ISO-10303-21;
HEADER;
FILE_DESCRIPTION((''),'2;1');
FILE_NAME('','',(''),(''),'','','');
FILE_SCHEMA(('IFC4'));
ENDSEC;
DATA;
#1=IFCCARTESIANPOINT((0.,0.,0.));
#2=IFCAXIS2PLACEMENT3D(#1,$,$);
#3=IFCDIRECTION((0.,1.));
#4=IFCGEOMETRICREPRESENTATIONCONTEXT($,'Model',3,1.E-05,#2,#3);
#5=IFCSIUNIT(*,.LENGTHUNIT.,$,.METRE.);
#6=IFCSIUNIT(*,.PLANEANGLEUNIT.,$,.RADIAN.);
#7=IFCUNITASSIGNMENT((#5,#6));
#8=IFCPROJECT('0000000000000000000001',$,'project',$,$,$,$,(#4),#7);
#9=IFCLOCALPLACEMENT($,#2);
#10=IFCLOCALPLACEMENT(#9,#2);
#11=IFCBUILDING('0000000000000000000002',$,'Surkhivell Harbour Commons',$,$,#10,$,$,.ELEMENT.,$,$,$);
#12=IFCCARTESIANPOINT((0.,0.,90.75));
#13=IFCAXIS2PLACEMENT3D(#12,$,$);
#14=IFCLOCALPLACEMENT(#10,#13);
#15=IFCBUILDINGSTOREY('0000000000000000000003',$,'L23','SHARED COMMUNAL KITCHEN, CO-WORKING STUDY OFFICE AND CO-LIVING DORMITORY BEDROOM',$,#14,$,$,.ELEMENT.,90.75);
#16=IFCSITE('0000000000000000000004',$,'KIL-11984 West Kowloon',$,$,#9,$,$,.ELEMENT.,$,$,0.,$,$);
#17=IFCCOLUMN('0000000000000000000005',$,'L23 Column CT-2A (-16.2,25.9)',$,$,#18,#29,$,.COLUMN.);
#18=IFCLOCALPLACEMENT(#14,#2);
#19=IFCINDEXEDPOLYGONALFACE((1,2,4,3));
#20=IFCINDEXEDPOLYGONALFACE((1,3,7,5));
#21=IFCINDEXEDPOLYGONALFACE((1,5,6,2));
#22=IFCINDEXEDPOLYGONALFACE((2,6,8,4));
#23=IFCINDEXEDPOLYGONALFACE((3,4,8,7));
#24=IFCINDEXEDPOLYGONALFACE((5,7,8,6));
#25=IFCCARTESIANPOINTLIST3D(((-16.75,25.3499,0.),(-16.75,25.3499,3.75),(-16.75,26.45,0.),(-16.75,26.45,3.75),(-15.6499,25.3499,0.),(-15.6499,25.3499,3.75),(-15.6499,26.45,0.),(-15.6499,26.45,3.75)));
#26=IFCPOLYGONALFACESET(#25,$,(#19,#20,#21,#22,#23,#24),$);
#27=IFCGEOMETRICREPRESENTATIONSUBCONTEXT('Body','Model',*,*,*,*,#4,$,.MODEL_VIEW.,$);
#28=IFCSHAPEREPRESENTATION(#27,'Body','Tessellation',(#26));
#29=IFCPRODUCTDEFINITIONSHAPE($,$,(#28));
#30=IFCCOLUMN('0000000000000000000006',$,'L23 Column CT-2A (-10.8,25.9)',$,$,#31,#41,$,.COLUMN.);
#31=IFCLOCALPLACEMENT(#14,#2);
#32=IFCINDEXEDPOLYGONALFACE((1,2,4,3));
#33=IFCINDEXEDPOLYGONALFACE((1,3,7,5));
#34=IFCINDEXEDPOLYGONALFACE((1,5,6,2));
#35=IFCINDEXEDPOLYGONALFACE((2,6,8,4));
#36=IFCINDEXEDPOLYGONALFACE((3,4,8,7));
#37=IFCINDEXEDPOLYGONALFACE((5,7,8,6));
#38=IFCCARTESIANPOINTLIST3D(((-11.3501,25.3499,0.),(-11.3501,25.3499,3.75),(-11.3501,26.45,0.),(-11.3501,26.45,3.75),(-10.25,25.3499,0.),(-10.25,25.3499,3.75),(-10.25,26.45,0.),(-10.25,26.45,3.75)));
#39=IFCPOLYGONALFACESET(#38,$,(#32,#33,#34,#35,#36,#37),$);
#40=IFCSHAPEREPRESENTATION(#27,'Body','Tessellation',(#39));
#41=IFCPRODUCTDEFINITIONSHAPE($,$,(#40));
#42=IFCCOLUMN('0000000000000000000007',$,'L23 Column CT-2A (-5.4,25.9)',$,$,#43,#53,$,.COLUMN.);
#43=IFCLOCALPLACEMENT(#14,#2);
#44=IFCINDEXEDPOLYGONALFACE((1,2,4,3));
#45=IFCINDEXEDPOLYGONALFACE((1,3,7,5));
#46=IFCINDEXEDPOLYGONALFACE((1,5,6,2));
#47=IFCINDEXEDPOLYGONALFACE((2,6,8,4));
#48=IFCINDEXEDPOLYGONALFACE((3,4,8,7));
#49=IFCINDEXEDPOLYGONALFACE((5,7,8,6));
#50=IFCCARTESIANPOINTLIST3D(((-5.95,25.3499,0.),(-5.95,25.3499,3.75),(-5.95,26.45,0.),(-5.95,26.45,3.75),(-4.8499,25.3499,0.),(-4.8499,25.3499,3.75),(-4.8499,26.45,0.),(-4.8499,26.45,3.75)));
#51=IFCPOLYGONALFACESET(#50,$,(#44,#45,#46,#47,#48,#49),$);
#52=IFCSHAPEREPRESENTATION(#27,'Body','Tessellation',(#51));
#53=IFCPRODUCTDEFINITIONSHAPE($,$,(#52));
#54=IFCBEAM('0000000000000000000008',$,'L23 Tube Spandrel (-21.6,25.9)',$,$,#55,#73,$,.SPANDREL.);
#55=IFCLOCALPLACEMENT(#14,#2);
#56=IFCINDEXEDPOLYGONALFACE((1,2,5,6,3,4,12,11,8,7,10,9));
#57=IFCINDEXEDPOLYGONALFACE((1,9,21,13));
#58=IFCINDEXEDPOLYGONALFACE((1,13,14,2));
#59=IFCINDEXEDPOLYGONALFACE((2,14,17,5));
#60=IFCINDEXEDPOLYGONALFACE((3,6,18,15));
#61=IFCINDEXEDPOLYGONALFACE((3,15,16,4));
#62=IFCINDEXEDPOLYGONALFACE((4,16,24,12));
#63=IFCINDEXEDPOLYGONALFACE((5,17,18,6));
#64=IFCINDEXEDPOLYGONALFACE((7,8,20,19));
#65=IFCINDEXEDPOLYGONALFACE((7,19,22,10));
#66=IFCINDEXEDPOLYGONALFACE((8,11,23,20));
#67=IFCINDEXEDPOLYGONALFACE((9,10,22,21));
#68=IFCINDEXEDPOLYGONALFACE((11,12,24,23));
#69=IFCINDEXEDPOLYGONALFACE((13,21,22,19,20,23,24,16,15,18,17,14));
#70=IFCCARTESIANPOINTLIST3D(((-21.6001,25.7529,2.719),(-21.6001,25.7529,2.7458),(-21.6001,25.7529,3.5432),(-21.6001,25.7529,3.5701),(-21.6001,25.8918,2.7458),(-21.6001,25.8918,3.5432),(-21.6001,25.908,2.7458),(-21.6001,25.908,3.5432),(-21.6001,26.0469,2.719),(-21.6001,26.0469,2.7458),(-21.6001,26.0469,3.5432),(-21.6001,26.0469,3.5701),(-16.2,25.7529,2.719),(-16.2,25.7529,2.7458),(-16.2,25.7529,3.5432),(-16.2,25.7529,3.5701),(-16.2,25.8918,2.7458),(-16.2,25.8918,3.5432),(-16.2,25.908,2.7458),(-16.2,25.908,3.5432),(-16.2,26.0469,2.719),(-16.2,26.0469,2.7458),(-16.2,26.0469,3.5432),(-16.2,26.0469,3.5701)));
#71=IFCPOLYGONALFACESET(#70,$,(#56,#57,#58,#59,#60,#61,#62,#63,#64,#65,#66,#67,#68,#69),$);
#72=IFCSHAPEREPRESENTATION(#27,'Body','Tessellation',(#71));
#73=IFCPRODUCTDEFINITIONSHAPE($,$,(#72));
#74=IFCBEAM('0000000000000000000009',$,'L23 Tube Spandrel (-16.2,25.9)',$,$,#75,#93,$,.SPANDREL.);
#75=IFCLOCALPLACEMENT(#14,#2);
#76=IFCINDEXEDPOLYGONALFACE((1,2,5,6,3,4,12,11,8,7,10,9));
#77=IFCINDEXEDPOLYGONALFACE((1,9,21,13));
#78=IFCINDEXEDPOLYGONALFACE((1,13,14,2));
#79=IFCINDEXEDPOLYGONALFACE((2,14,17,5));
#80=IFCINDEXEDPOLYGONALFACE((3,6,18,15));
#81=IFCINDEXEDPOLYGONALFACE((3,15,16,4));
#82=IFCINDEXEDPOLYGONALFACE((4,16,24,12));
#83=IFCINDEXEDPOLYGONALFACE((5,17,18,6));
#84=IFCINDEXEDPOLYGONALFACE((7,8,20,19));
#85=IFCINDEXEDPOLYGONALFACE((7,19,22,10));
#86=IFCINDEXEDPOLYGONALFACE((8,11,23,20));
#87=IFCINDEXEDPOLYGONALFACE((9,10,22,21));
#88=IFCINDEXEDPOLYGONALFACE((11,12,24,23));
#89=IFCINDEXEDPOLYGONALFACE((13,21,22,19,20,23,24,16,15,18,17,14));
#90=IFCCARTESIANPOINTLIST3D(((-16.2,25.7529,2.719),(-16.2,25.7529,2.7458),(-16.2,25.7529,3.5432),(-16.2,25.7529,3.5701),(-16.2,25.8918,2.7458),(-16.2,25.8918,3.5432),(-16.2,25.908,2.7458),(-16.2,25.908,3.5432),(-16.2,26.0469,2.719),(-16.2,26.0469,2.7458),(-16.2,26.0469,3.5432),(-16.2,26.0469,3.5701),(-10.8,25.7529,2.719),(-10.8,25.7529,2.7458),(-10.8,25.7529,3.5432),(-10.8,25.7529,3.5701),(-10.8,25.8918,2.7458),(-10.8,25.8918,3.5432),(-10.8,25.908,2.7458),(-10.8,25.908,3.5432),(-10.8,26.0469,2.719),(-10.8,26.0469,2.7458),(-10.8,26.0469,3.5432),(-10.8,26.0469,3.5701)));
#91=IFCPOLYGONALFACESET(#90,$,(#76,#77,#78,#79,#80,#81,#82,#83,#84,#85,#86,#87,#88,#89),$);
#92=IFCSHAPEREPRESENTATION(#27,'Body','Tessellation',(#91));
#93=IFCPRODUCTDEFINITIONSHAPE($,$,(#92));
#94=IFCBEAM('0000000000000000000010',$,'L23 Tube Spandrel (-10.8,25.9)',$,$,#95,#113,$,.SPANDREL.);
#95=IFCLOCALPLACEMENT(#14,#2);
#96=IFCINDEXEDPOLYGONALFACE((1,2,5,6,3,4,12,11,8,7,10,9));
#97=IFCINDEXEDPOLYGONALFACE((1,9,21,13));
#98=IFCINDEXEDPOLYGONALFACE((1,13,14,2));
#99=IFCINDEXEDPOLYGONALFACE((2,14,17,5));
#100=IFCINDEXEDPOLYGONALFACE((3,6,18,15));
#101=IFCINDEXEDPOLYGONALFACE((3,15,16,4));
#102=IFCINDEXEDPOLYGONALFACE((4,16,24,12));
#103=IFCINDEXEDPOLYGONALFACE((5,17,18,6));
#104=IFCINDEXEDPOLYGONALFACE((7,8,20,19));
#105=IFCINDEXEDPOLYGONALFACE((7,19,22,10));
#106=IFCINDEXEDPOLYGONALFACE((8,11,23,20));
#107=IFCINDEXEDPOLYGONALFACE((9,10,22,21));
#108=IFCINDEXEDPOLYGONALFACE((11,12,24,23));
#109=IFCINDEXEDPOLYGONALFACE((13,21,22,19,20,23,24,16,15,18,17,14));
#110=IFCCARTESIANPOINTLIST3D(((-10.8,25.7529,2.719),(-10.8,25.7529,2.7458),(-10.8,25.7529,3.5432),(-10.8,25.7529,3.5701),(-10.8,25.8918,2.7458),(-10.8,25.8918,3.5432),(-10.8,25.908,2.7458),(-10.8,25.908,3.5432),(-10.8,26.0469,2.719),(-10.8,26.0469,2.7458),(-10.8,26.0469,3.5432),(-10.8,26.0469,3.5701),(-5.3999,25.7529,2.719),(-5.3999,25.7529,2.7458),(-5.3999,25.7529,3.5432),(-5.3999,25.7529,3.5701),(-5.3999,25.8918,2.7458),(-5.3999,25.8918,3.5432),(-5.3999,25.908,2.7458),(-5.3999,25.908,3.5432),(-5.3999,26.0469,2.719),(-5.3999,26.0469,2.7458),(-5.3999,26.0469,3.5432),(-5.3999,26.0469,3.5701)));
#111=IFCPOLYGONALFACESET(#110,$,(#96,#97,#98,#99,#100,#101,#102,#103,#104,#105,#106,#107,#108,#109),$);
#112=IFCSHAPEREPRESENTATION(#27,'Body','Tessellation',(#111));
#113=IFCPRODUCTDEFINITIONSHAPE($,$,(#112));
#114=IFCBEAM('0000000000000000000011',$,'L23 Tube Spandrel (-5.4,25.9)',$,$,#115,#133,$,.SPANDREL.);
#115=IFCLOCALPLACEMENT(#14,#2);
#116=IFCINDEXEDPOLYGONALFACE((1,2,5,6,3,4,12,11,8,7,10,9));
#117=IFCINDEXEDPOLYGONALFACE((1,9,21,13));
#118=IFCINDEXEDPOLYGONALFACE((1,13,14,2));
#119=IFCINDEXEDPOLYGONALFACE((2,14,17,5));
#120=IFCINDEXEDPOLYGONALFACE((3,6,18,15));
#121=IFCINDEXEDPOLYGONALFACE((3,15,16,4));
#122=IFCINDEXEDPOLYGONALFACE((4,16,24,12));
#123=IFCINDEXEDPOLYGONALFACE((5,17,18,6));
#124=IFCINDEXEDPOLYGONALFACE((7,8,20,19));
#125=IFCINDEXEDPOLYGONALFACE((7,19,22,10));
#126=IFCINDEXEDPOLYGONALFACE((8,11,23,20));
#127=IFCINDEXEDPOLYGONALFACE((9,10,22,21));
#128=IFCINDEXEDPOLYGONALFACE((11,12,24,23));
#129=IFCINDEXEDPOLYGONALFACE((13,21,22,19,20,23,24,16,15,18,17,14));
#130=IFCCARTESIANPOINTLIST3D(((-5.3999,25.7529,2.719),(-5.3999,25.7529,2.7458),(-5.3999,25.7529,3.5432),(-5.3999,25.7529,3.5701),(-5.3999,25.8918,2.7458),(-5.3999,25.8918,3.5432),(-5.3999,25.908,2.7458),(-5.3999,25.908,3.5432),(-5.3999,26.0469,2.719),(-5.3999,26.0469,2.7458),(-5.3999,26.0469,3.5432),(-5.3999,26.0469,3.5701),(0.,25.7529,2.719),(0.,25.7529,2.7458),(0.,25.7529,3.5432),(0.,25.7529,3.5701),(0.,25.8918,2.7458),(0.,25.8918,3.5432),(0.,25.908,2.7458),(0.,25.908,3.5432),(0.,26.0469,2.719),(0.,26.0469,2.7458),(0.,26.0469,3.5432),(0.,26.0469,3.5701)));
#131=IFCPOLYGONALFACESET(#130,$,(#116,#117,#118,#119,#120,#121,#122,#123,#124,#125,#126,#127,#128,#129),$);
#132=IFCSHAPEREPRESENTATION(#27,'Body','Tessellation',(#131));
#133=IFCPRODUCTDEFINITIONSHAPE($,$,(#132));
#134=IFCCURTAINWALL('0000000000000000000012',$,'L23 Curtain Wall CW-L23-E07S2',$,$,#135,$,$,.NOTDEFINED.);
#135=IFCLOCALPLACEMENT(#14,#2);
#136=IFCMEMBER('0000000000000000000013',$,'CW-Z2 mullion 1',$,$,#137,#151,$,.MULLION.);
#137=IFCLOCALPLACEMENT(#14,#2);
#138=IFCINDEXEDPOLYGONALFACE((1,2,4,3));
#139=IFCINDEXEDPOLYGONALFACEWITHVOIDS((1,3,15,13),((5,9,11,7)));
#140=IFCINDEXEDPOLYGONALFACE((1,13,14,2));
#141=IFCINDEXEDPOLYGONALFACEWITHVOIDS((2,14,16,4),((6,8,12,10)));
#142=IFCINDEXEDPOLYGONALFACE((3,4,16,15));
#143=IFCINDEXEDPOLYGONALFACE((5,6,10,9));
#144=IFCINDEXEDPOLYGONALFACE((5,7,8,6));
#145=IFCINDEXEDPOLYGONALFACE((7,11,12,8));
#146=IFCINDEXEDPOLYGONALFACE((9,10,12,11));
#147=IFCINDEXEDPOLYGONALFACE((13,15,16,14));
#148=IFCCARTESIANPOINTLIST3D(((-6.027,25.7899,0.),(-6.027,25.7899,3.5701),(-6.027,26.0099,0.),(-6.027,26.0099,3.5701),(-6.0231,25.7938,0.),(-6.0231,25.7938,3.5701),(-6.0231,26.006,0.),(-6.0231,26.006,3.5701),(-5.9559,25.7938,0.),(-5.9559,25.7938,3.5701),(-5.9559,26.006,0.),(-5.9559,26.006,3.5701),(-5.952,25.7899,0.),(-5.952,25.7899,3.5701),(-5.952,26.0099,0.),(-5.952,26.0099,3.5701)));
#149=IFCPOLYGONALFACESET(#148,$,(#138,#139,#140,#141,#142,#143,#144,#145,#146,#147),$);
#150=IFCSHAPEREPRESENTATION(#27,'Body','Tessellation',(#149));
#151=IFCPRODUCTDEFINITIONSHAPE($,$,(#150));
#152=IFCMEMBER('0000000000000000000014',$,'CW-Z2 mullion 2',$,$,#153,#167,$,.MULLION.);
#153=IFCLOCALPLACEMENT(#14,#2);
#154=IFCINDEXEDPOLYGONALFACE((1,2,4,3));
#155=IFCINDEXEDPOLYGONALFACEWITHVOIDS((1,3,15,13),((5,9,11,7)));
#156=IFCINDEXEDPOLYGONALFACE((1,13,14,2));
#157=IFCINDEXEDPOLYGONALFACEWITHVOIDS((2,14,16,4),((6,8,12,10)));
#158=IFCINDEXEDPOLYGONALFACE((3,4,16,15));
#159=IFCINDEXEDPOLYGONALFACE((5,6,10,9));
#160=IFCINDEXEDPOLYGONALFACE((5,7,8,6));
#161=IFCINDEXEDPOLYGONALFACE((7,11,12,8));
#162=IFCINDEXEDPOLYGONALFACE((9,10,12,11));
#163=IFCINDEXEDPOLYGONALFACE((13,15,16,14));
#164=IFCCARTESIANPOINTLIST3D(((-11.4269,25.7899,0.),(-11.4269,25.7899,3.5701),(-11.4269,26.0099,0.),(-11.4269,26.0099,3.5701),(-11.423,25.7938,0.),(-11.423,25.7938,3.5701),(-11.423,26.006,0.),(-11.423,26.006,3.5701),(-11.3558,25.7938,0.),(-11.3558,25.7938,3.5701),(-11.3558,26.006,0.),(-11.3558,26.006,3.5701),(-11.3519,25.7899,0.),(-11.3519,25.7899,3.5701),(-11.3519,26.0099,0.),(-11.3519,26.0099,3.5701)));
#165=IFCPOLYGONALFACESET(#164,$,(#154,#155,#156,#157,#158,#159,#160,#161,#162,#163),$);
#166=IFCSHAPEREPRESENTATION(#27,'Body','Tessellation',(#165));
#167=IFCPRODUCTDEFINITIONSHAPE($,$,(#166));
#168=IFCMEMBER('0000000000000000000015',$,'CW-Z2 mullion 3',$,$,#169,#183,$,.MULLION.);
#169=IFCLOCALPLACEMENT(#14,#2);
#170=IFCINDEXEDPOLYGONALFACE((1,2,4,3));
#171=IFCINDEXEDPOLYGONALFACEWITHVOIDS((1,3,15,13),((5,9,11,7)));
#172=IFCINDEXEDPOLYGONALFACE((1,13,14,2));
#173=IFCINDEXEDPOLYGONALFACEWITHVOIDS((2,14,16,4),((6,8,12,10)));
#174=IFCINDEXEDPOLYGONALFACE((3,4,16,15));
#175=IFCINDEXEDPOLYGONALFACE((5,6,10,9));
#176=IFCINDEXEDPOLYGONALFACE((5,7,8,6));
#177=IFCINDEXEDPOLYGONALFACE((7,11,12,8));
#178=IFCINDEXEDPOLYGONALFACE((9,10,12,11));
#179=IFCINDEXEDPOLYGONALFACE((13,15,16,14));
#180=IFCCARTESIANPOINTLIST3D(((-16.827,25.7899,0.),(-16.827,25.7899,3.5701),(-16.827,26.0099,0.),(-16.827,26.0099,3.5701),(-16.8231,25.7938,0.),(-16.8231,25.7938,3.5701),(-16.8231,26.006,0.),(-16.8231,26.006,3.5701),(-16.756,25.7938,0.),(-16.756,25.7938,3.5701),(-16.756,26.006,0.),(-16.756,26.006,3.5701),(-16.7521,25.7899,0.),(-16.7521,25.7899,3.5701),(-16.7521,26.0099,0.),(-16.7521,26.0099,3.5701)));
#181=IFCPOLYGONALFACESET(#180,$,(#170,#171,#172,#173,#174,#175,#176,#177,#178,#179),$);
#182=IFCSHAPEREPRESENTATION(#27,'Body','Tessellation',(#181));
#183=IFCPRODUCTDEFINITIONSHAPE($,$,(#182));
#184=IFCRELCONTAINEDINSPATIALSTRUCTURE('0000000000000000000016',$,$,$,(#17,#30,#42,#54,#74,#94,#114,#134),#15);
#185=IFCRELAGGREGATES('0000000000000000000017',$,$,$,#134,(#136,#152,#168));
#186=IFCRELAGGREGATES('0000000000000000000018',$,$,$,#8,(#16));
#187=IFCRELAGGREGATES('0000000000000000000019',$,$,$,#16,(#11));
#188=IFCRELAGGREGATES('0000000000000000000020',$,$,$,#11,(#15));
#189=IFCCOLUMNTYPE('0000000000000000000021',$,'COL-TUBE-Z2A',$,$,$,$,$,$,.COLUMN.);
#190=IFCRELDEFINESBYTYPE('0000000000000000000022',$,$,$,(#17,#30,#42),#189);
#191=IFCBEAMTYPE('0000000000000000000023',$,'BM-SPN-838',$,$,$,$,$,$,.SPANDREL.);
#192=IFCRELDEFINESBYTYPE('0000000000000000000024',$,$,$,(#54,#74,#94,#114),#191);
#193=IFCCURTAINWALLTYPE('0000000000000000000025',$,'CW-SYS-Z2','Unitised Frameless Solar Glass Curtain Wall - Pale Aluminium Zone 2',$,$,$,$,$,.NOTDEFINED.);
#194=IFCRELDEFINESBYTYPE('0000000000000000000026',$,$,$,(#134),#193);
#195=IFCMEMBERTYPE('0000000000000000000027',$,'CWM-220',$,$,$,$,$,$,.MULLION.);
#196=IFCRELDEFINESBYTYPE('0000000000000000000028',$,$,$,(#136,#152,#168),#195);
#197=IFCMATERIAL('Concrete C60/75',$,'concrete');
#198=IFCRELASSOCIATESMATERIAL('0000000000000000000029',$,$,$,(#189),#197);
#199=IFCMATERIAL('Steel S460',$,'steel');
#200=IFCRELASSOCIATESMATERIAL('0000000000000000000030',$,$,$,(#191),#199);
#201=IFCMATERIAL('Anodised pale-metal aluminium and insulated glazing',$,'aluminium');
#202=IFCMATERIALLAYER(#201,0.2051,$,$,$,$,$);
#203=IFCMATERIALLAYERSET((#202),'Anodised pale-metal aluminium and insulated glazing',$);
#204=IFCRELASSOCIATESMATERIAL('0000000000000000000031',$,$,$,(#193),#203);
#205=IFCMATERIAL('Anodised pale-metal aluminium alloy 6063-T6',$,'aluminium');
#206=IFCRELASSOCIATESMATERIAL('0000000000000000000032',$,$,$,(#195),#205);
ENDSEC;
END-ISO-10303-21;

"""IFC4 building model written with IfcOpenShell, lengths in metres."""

from ifc_helpers import new_model, si_unit, direction, frame, origin, origin_2d, place, context, subcontext, project, spatial, rectangle, hollow_rectangle, i_section, extrude, material, layer, layer_set, material_profile, profile_set, type_object, element, aggregate, save


model = new_model("IFC4")

# Units and contexts
model_context = context("Model", 3, precision=1e-05, world=origin(), true_north=direction((0.0, 1.0)))
body_context = subcontext(model_context, "Body", "Model", "MODEL_VIEW")
ifc_project = project(units=[si_unit("LENGTHUNIT", "METRE"), si_unit("PLANEANGLEUNIT", "RADIAN")], contexts=[model_context])

# Site, building, storey
site_placement = place(None, origin())
site = spatial("IfcSite", under=ifc_project, at=site_placement, Name="KIL-11984 West Kowloon", CompositionType="ELEMENT", RefElevation=0.0)
building_placement = place(site_placement, origin())
building = spatial("IfcBuilding", under=site, at=building_placement, Name="Surkhivell Harbour Commons", CompositionType="ELEMENT")
storey_placement = place(building_placement, frame((0.0, 0.0, 90.75)))
storey = spatial("IfcBuildingStorey", under=building, at=storey_placement, Name="L23", Description="SHARED COMMUNAL KITCHEN, CO-WORKING STUDY OFFICE AND CO-LIVING DORMITORY BEDROOM", CompositionType="ELEMENT", Elevation=90.75)

# Columns
ifc_material_1 = material(Name="Concrete C60/75", Category="concrete")
ifc_material_profile_1 = material_profile(ifc_material_1, rectangle(XDim=1.1001, YDim=1.1001, at=origin_2d()), Name="RC-COL-1100x1100")
ifc_profile_set_1 = profile_set([ifc_material_profile_1], Name="Concrete C60/75")
column_type = type_object("IfcColumnType", Name="COL-TUBE-Z2A", PredefinedType="COLUMN", material=ifc_profile_set_1)
for number, where, z_axis, x_axis, name in (
    (1, (-16.2, 25.8999, 0.0), (0.0, 0.0, 1.0), (1.0, 0.0, 0.0), "L23 Column CT-2A (-16.2,25.9)"),
    (2, (-10.8, 25.8999, 0.0), (0.0, 0.0, 1.0), (1.0, 0.0, 0.0), "L23 Column CT-2A (-10.8,25.9)"),
    (3, (-5.3999, 25.8999, 0.0), (0.0, 0.0, 1.0), (1.0, 0.0, 0.0), "L23 Column CT-2A (-5.4,25.9)"),
):
    element("IfcColumn", number, at=place(storey_placement, frame(where, z_axis=z_axis, x_axis=x_axis)), inside=storey, type_object=column_type, Name=name, PredefinedType="COLUMN", context=body_context, shape_type="SweptSolid", body=[
        extrude(rectangle(XDim=1.1001, YDim=1.1001, at=origin_2d()), origin(), (0.0, 0.0, 1.0), 3.75),
    ])

# Beams
ifc_material_2 = material(Name="Steel S460", Category="steel")
ifc_material_profile_2 = material_profile(ifc_material_2, i_section(OverallWidth=0.2939, OverallDepth=0.8511, WebThickness=0.0161, FlangeThickness=0.0269, at=origin_2d()), Name="UB838x292x226")
ifc_profile_set_2 = profile_set([ifc_material_profile_2], Name="Steel S460")
beam_type = type_object("IfcBeamType", Name="BM-SPN-838", PredefinedType="SPANDREL", material=ifc_profile_set_2)
beam_1_placement = place(storey_placement, frame((-21.6001, 25.8999, 3.1445), z_axis=(1.0, 0.0, 0.0), x_axis=(0.0, 1.0, 0.0)))
element("IfcBeam", 4, at=beam_1_placement, inside=storey, type_object=beam_type, Name="L23 Tube Spandrel (-21.6,25.9)", PredefinedType="SPANDREL", context=body_context, shape_type="SweptSolid", body=[
    extrude(i_section(OverallWidth=0.2939, OverallDepth=0.8511, WebThickness=0.0161, FlangeThickness=0.0269, at=origin_2d()), origin(), (0.0, 0.0, 1.0), 5.4001),
])
beam_2_placement = place(storey_placement, frame((-16.2, 25.8999, 3.1445), z_axis=(1.0, 0.0, 0.0), x_axis=(0.0, 1.0, 0.0)))
element("IfcBeam", 5, at=beam_2_placement, inside=storey, type_object=beam_type, Name="L23 Tube Spandrel (-16.2,25.9)", PredefinedType="SPANDREL", context=body_context, shape_type="SweptSolid", body=[
    extrude(i_section(OverallWidth=0.2939, OverallDepth=0.8511, WebThickness=0.0161, FlangeThickness=0.0269, at=origin_2d()), origin(), (0.0, 0.0, 1.0), 5.3999),
])
beam_3_placement = place(storey_placement, frame((-10.8, 25.8999, 3.1445), z_axis=(1.0, 0.0, 0.0), x_axis=(0.0, 1.0, 0.0)))
element("IfcBeam", 6, at=beam_3_placement, inside=storey, type_object=beam_type, Name="L23 Tube Spandrel (-10.8,25.9)", PredefinedType="SPANDREL", context=body_context, shape_type="SweptSolid", body=[
    extrude(i_section(OverallWidth=0.2939, OverallDepth=0.8511, WebThickness=0.0161, FlangeThickness=0.0269, at=origin_2d()), origin(), (0.0, 0.0, 1.0), 5.4001),
])
beam_4_placement = place(storey_placement, frame((-5.3999, 25.8999, 3.1445), z_axis=(1.0, 0.0, 0.0), x_axis=(0.0, 1.0, 0.0)))
element("IfcBeam", 7, at=beam_4_placement, inside=storey, type_object=beam_type, Name="L23 Tube Spandrel (-5.4,25.9)", PredefinedType="SPANDREL", context=body_context, shape_type="SweptSolid", body=[
    extrude(i_section(OverallWidth=0.2939, OverallDepth=0.8511, WebThickness=0.0161, FlangeThickness=0.0269, at=origin_2d()), origin(), (0.0, 0.0, 1.0), 5.3999),
])

# Curtain wall, members
ifc_material_3 = material(Name="Anodised pale-metal aluminium and insulated glazing", Category="aluminium")
ifc_layer_1 = layer(ifc_material_3, 0.2051)
ifc_layer_set_1 = layer_set([ifc_layer_1], Name="Anodised pale-metal aluminium and insulated glazing")
curtain_wall_type = type_object("IfcCurtainWallType", Name="CW-SYS-Z2", Description="Unitised Frameless Solar Glass Curtain Wall - Pale Aluminium Zone 2", PredefinedType="NOTDEFINED", material=ifc_layer_set_1)
curtain_wall_placement = place(storey_placement, origin())
curtain_wall = element("IfcCurtainWall", 8, at=curtain_wall_placement, inside=storey, type_object=curtain_wall_type, Name="L23 Curtain Wall CW-L23-E07S2", PredefinedType="NOTDEFINED")
ifc_material_4 = material(Name="Anodised pale-metal aluminium alloy 6063-T6", Category="aluminium")
ifc_material_profile_3 = material_profile(ifc_material_4, hollow_rectangle(XDim=0.075, YDim=0.22, WallThickness=0.0039, at=origin_2d()), Name="ALU-MULL-75x220")
ifc_profile_set_3 = profile_set([ifc_material_profile_3], Name="Anodised pale-metal aluminium alloy 6063-T6")
member_type_1 = type_object("IfcMemberType", Name="CWM-220", PredefinedType="MULLION", material=ifc_profile_set_3)
member_1_placement = place(storey_placement, frame((-5.9895, 25.8999, 0.0), z_axis=(0.0, 0.0, 1.0), x_axis=(-1.0, 0.0, 0.0)))
member_1 = element("IfcMember", 9, at=member_1_placement, type_object=member_type_1, Name="CW-Z2 mullion 1", PredefinedType="MULLION", context=body_context, shape_type="SweptSolid", body=[
    extrude(hollow_rectangle(XDim=0.075, YDim=0.22, WallThickness=0.0039, at=origin_2d()), origin(), (0.0, 0.0, 1.0), 3.5701),
])
member_2_placement = place(storey_placement, frame((-11.3894, 25.8999, 0.0), z_axis=(0.0, 0.0, 1.0), x_axis=(-1.0, 0.0, 0.0)))
member_2 = element("IfcMember", 10, at=member_2_placement, type_object=member_type_1, Name="CW-Z2 mullion 2", PredefinedType="MULLION", context=body_context, shape_type="SweptSolid", body=[
    extrude(hollow_rectangle(XDim=0.075, YDim=0.22, WallThickness=0.0039, at=origin_2d()), origin(), (0.0, 0.0, 1.0), 3.5701),
])
member_3_placement = place(storey_placement, frame((-16.7896, 25.8999, 0.0), z_axis=(0.0, 0.0, 1.0), x_axis=(-1.0, 0.0, 0.0)))
member_3 = element("IfcMember", 11, at=member_3_placement, type_object=member_type_1, Name="CW-Z2 mullion 3", PredefinedType="MULLION", context=body_context, shape_type="SweptSolid", body=[
    extrude(hollow_rectangle(XDim=0.075, YDim=0.22, WallThickness=0.0039, at=origin_2d()), origin(), (0.0, 0.0, 1.0), 3.5701),
])

aggregate(curtain_wall, [member_1, member_2, member_3])

save(model, "model.ifc")
